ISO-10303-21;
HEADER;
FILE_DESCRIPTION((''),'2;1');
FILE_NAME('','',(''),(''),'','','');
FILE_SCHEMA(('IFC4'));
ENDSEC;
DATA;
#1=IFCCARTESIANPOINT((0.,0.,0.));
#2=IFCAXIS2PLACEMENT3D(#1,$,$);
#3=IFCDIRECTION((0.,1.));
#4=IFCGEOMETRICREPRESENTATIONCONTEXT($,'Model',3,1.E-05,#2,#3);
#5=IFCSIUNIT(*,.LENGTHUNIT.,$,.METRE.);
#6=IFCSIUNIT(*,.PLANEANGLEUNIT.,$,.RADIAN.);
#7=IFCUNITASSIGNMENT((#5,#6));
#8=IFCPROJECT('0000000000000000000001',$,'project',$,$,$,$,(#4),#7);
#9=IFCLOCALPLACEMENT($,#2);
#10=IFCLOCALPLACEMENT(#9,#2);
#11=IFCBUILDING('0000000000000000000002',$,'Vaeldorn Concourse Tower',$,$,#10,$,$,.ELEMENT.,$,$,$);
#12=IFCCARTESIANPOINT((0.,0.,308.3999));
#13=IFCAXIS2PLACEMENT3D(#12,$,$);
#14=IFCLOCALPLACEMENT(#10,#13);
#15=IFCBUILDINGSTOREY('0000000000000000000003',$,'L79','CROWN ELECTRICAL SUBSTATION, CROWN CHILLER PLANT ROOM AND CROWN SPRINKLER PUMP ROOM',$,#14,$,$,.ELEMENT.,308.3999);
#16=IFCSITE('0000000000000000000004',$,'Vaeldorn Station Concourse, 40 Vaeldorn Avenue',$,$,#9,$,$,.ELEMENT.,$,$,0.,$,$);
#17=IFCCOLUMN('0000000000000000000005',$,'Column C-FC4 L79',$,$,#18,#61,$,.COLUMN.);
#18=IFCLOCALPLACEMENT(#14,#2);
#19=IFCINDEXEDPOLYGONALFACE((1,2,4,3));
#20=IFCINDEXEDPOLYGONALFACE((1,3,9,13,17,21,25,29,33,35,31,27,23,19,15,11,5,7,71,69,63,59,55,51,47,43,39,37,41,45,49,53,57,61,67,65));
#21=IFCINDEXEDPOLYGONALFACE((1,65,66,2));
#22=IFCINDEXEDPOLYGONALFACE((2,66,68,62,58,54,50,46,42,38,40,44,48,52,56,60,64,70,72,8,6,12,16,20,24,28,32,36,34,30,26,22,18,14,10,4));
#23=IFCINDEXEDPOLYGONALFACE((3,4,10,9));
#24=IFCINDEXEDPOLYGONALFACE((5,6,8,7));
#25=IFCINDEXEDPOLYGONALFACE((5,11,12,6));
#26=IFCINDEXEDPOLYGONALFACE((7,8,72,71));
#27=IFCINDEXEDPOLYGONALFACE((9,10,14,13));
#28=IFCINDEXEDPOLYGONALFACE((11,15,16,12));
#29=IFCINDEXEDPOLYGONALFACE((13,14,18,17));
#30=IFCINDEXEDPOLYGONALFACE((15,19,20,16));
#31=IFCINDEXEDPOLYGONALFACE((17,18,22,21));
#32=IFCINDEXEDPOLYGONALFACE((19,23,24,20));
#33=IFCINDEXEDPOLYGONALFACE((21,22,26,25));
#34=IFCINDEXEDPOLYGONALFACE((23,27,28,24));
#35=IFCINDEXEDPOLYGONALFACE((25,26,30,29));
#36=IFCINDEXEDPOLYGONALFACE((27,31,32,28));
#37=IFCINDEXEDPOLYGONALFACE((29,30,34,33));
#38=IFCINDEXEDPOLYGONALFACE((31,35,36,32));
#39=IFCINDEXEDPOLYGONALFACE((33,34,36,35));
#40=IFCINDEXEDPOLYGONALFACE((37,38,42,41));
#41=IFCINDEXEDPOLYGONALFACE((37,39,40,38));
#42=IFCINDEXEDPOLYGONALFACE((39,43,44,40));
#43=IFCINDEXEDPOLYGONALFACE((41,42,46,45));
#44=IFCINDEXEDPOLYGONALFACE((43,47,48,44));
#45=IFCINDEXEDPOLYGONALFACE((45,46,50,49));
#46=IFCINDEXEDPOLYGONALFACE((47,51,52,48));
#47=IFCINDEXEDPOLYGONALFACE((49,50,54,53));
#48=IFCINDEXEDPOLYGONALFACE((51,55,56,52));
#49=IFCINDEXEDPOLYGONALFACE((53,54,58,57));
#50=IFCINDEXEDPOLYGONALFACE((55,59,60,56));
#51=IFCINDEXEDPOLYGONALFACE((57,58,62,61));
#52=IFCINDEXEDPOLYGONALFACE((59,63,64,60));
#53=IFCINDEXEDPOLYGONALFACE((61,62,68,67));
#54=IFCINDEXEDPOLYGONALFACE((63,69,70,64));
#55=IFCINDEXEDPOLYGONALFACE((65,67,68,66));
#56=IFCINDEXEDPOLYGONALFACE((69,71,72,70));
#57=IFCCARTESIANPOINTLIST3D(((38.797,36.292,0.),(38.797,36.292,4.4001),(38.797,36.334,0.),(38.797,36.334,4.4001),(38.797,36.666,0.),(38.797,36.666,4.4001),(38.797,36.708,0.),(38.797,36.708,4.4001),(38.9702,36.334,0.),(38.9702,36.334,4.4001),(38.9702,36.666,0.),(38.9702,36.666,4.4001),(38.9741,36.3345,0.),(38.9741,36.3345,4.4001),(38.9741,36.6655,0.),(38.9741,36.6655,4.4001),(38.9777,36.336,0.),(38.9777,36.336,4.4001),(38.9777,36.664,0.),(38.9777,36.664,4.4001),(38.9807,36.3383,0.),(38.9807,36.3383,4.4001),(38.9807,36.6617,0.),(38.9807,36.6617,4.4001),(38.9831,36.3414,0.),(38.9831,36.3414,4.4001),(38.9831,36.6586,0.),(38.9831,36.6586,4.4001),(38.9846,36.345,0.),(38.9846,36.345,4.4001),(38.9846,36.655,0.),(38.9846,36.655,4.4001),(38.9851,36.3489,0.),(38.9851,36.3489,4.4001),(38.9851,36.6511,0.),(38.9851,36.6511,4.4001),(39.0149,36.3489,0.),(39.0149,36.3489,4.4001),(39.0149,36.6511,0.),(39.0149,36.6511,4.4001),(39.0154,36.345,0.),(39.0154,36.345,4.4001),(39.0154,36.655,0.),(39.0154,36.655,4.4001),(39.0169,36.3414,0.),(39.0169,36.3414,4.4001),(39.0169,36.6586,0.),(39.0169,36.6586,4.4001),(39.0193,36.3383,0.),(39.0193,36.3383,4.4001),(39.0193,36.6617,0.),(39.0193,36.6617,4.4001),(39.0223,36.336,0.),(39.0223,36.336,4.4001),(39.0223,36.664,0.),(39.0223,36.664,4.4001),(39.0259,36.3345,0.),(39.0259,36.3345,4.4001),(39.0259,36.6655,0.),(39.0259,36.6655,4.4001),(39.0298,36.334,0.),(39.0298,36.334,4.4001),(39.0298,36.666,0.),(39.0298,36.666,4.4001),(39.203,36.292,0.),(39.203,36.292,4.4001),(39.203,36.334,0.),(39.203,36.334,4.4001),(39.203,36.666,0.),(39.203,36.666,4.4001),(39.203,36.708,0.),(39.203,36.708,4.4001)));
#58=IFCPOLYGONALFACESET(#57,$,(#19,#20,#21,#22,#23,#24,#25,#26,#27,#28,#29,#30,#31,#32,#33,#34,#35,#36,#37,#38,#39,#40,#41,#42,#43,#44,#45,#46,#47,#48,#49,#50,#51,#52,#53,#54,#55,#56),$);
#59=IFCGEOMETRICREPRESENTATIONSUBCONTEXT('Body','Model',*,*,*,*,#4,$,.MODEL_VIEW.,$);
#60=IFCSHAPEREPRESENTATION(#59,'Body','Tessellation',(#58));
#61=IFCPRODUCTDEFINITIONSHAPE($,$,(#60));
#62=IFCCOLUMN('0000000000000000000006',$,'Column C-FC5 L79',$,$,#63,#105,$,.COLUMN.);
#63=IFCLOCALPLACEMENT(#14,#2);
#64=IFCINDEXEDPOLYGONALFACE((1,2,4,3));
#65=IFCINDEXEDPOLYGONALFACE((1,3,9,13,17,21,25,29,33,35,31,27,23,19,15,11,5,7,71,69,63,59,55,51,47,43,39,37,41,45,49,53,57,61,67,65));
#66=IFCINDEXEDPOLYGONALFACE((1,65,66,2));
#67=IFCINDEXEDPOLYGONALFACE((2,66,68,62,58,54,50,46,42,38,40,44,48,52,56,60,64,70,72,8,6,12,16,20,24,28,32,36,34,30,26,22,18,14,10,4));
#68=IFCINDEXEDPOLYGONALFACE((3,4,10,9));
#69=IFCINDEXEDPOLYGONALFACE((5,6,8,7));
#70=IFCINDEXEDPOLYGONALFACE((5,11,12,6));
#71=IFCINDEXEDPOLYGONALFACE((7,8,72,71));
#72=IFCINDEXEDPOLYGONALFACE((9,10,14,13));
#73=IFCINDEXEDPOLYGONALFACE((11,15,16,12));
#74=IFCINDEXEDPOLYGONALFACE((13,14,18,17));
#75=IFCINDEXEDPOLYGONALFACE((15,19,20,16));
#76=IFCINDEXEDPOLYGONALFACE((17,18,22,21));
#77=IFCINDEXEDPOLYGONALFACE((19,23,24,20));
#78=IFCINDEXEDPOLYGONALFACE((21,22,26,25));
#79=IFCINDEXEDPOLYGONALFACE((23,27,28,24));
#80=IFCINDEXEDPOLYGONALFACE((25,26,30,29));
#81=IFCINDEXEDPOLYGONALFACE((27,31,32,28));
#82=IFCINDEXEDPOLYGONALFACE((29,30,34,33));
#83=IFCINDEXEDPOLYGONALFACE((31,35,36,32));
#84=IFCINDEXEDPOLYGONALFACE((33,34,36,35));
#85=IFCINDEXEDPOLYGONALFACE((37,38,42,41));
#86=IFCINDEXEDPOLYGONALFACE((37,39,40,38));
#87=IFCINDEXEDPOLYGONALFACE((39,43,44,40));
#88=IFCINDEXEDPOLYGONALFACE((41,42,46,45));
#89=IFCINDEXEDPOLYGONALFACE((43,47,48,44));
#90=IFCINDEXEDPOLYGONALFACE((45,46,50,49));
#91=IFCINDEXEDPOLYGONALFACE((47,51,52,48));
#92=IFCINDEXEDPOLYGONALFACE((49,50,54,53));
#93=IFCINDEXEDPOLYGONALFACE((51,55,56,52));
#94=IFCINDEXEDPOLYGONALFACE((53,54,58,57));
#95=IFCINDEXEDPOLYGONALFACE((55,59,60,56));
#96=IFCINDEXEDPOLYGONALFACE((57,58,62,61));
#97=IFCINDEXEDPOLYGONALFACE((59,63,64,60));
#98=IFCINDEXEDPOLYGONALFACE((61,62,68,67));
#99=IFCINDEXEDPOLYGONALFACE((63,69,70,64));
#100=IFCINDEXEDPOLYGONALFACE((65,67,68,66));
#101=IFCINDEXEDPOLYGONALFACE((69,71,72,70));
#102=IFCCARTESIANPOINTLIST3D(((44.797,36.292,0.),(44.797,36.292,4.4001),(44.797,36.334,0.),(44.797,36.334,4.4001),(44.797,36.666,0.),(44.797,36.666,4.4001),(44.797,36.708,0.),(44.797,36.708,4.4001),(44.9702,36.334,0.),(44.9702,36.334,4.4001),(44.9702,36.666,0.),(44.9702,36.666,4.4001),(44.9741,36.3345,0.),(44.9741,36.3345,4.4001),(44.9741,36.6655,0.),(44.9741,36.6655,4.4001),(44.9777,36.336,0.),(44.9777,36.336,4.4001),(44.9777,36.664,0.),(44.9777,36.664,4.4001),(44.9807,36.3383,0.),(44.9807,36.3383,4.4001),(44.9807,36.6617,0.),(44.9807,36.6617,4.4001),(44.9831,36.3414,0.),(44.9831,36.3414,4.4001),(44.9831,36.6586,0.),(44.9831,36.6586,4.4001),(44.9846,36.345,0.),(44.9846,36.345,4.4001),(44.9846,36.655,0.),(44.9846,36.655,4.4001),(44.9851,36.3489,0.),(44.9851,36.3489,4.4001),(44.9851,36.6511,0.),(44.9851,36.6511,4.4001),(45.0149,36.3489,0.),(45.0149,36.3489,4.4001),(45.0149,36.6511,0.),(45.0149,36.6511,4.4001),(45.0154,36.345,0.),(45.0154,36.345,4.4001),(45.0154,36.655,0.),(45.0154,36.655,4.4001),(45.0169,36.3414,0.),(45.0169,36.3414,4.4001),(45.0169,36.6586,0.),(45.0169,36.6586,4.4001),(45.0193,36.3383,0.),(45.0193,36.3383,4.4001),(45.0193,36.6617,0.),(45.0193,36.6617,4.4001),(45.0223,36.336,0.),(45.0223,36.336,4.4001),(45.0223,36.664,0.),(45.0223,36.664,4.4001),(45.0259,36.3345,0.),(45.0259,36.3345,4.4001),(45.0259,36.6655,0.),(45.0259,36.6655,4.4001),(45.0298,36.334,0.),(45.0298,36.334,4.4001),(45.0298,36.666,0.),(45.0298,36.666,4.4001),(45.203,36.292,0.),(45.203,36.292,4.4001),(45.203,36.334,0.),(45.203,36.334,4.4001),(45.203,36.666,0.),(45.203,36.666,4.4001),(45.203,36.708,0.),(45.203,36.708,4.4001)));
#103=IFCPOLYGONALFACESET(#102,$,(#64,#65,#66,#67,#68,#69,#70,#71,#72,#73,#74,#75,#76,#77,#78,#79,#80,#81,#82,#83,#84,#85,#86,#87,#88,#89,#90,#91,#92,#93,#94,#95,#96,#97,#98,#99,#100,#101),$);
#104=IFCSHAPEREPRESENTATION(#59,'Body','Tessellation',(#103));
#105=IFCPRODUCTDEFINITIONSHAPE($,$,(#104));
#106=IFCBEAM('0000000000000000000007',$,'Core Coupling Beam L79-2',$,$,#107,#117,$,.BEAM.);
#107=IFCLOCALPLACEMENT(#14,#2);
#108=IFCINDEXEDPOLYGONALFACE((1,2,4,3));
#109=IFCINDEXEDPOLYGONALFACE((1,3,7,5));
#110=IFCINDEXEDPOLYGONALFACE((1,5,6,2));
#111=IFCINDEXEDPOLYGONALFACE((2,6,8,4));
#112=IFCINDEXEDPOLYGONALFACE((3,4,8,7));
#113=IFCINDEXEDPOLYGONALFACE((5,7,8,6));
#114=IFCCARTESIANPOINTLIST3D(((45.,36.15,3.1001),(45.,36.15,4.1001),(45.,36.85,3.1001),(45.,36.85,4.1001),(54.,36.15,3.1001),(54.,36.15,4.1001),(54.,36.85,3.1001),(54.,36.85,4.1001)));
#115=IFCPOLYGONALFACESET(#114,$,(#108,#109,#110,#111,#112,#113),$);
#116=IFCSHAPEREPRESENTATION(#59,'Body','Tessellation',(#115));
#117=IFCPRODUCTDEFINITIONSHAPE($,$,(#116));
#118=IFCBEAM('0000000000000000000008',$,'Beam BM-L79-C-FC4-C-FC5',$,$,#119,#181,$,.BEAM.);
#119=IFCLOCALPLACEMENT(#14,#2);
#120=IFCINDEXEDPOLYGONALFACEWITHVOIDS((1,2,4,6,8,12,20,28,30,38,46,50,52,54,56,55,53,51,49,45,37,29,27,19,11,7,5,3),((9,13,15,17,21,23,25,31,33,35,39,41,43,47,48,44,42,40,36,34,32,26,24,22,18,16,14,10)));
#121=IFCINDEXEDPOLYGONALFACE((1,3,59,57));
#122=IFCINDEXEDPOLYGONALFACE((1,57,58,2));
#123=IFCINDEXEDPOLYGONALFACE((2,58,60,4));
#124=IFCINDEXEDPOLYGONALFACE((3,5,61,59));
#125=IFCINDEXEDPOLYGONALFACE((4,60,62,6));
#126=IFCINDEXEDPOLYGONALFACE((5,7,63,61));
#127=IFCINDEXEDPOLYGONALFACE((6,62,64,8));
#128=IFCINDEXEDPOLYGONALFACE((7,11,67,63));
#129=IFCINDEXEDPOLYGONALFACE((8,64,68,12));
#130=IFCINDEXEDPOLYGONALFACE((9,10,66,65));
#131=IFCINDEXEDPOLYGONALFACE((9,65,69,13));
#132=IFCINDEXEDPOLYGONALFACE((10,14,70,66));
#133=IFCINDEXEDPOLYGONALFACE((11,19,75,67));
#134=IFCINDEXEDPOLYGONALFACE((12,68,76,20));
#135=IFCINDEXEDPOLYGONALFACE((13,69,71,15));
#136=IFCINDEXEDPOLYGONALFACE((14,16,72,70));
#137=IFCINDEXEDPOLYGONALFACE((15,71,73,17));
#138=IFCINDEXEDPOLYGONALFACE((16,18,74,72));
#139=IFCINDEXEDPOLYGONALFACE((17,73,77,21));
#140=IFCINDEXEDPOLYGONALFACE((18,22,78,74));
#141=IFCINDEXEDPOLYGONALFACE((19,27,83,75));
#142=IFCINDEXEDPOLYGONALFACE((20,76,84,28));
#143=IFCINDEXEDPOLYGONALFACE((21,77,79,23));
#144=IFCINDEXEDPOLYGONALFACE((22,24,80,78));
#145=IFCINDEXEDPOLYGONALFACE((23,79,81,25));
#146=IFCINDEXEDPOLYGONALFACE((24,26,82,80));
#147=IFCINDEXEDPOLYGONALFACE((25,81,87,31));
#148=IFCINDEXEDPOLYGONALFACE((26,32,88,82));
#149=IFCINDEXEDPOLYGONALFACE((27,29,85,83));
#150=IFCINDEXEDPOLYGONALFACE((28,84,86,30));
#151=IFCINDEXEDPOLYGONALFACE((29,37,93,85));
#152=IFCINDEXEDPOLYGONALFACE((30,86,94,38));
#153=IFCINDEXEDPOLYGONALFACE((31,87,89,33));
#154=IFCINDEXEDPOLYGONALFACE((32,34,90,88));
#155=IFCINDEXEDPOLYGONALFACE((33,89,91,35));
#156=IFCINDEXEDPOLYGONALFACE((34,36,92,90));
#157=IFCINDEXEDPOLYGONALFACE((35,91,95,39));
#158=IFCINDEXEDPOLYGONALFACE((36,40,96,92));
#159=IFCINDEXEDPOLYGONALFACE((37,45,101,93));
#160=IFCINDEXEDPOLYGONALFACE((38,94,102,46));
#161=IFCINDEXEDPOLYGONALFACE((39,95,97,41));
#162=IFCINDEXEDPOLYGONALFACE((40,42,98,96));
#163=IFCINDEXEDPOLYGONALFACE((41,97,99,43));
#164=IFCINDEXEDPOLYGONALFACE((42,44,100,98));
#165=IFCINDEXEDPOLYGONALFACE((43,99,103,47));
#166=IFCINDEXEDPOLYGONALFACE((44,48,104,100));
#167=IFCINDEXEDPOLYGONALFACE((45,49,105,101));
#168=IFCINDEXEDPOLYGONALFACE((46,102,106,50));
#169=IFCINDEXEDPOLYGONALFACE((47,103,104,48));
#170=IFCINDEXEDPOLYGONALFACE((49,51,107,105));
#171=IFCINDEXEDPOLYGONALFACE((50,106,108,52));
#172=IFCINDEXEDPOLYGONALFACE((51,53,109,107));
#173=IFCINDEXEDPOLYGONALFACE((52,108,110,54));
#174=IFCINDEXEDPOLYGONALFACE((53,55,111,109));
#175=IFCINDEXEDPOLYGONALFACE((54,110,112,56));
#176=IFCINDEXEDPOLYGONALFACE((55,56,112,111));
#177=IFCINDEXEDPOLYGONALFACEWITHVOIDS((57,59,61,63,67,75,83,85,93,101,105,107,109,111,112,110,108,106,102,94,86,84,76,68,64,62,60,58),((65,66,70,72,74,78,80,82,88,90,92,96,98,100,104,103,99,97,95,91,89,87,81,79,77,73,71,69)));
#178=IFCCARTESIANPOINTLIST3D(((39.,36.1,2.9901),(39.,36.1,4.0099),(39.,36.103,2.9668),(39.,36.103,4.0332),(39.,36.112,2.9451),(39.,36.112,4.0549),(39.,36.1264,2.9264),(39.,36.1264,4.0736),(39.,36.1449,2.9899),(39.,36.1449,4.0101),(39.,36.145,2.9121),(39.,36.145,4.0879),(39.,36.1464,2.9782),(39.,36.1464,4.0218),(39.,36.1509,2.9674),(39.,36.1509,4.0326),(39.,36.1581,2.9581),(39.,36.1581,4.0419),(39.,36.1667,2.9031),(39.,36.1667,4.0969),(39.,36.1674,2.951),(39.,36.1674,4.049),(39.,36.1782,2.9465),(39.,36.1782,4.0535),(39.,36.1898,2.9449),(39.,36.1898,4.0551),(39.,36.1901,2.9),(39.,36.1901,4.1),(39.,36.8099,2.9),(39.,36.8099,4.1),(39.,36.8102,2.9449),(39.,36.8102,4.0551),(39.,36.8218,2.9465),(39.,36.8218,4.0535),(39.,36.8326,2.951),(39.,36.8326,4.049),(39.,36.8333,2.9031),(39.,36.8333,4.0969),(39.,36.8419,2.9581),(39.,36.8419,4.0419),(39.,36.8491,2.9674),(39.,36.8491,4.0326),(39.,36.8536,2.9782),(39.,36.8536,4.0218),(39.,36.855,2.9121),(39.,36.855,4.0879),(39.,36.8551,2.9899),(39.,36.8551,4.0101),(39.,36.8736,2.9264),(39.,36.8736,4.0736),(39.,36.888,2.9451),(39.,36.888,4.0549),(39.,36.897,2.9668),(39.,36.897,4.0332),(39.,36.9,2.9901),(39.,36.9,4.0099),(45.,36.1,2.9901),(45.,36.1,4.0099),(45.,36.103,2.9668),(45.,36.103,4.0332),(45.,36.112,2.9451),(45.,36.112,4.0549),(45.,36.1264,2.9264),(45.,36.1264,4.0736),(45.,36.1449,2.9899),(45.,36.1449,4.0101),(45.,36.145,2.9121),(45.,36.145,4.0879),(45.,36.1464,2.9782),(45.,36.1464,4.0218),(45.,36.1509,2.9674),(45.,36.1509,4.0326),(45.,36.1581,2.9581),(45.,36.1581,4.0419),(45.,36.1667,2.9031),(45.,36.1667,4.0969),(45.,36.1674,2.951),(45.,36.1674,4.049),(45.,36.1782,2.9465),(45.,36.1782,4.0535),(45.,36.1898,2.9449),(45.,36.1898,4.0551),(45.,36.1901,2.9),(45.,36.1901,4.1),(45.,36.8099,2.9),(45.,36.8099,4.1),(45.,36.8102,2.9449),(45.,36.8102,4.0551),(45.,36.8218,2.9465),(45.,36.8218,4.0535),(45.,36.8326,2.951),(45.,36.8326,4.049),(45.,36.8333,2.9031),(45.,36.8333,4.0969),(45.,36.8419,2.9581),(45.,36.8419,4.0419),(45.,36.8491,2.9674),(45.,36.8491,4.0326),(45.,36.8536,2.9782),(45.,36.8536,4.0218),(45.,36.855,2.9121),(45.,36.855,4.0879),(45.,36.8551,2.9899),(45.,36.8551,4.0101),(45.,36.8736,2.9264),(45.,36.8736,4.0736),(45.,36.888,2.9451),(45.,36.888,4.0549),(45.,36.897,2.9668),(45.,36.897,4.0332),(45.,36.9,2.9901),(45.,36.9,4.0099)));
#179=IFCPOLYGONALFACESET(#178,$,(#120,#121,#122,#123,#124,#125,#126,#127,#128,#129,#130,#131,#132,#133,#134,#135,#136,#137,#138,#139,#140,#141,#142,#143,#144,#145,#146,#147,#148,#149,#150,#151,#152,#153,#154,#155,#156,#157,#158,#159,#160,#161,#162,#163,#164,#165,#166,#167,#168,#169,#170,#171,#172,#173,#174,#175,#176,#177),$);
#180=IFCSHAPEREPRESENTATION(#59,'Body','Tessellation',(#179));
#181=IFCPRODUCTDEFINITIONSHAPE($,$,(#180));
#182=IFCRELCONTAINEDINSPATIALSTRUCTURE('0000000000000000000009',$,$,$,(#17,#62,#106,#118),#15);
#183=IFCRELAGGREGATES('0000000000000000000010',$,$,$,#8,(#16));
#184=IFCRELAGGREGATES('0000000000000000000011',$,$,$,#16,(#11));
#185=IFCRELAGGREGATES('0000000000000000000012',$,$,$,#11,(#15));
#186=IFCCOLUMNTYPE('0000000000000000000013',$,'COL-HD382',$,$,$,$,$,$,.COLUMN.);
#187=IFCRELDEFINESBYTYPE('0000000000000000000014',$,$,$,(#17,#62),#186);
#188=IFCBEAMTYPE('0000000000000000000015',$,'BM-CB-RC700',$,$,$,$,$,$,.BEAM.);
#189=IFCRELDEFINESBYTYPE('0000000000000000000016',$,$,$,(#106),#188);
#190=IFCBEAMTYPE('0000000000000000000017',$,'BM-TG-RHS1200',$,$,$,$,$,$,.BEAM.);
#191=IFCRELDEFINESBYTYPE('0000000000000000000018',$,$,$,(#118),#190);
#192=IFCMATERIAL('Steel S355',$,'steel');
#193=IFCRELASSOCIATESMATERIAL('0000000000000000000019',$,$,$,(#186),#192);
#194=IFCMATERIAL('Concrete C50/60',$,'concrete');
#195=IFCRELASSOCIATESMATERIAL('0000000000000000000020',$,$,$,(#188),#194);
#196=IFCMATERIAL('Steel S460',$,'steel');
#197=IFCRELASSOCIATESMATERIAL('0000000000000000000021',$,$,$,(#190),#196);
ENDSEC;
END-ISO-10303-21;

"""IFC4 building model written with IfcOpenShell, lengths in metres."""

from ifc_helpers import new_model, si_unit, direction, frame, origin, origin_2d, place, context, subcontext, project, spatial, rectangle, hollow_rectangle, i_section, extrude, source, transform, mapped, material, material_profile, profile_set, type_object, element, save


model = new_model("IFC4")

# Units and contexts
model_context = context("Model", 3, precision=1e-05, world=origin(), true_north=direction((0.0, 1.0)))
body_context = subcontext(model_context, "Body", "Model", "MODEL_VIEW")
ifc_project = project(units=[si_unit("LENGTHUNIT", "METRE"), si_unit("PLANEANGLEUNIT", "RADIAN")], contexts=[model_context])

# Site, building, storey
site_placement = place(None, origin())
site = spatial("IfcSite", under=ifc_project, at=site_placement, Name="Vaeldorn Station Concourse, 40 Vaeldorn Avenue", CompositionType="ELEMENT", RefElevation=0.0)
building_placement = place(site_placement, origin())
building = spatial("IfcBuilding", under=site, at=building_placement, Name="Vaeldorn Concourse Tower", CompositionType="ELEMENT")
storey_placement = place(building_placement, frame((0.0, 0.0, 308.3999)))
storey = spatial("IfcBuildingStorey", under=building, at=storey_placement, Name="L79", Description="CROWN ELECTRICAL SUBSTATION, CROWN CHILLER PLANT ROOM AND CROWN SPRINKLER PUMP ROOM", CompositionType="ELEMENT", Elevation=308.3999)

# Columns
ifc_material_1 = material(Name="Steel S355", Category="steel")
ifc_material_profile_1 = material_profile(ifc_material_1, i_section(OverallWidth=0.406, OverallDepth=0.416, WebThickness=0.0298, FlangeThickness=0.042, FilletRadius=0.0149, at=origin_2d()), Name="HD 400x382")
ifc_profile_set_1 = profile_set([ifc_material_profile_1], Name="Steel S355")
column_type = type_object("IfcColumnType", Name="COL-HD382", PredefinedType="COLUMN", material=ifc_profile_set_1)
shared_shape_1 = source(origin(), body_context, "Body", "SweptSolid", [
    extrude(i_section(OverallWidth=0.406, OverallDepth=0.416, WebThickness=0.0298, FlangeThickness=0.042, FilletRadius=0.0149, at=origin_2d()), origin(), (0.0, 0.0, 1.0), 4.4001),
])
for number, where, z_axis, x_axis, name in (
    (1, (39.0, 36.5, 0.0), (0.0, 0.0, 1.0), (1.0, 0.0, 0.0), "Column C-FC4 L79"),
    (2, (45.0, 36.5, 0.0), (0.0, 0.0, 1.0), (1.0, 0.0, 0.0), "Column C-FC5 L79"),
):
    element("IfcColumn", number, at=place(storey_placement, frame(where, z_axis=z_axis, x_axis=x_axis)), inside=storey, type_object=column_type, Name=name, PredefinedType="COLUMN", context=body_context, shape_type="MappedRepresentation", body=[
        mapped(shared_shape_1, transform((0.0, 0.0, 0.0), scale=1.0)),
    ])

# Beams
ifc_material_2 = material(Name="Concrete C50/60", Category="concrete")
ifc_material_profile_2 = material_profile(ifc_material_2, rectangle(XDim=0.7, YDim=1.0, at=origin_2d()), Name="RC 700x1000")
ifc_profile_set_2 = profile_set([ifc_material_profile_2], Name="Concrete C50/60")
beam_type_1 = type_object("IfcBeamType", Name="BM-CB-RC700", PredefinedType="BEAM", material=ifc_profile_set_2)
shared_shape_2 = source(origin(), body_context, "Body", "SweptSolid", [
    extrude(rectangle(XDim=0.7, YDim=1.0, at=origin_2d()), origin(), (0.0, 0.0, 1.0), 9.0),
])
beam_1_placement = place(storey_placement, frame((45.0, 36.5, 3.6001), z_axis=(1.0, 0.0, 0.0), x_axis=(0.0, 1.0, 0.0)))
element("IfcBeam", 3, at=beam_1_placement, inside=storey, type_object=beam_type_1, Name="Core Coupling Beam L79-2", PredefinedType="BEAM", context=body_context, shape_type="MappedRepresentation", body=[
    mapped(shared_shape_2, transform((0.0, 0.0, 0.0), scale=1.0)),
])
ifc_material_3 = material(Name="Steel S460", Category="steel")
ifc_material_profile_3 = material_profile(ifc_material_3, hollow_rectangle(XDim=0.8, YDim=1.2, WallThickness=0.0449, InnerFilletRadius=0.0449, OuterFilletRadius=0.0901, at=origin_2d()), Name="RHS 1200x800x45")
ifc_profile_set_3 = profile_set([ifc_material_profile_3], Name="Steel S460")
beam_type_2 = type_object("IfcBeamType", Name="BM-TG-RHS1200", PredefinedType="BEAM", material=ifc_profile_set_3)
shared_shape_3 = source(origin(), body_context, "Body", "SweptSolid", [
    extrude(hollow_rectangle(XDim=0.8, YDim=1.2, WallThickness=0.0449, InnerFilletRadius=0.0449, OuterFilletRadius=0.0901, at=origin_2d()), origin(), (0.0, 0.0, 1.0), 6.0),
])
beam_2_placement = place(storey_placement, frame((39.0, 36.5, 3.5), z_axis=(1.0, 0.0, 0.0), x_axis=(0.0, 1.0, 0.0)))
element("IfcBeam", 4, at=beam_2_placement, inside=storey, type_object=beam_type_2, Name="Beam BM-L79-C-FC4-C-FC5", PredefinedType="BEAM", context=body_context, shape_type="MappedRepresentation", body=[
    mapped(shared_shape_3, transform((0.0, 0.0, 0.0), scale=1.0)),
])

save(model, "model.ifc")
